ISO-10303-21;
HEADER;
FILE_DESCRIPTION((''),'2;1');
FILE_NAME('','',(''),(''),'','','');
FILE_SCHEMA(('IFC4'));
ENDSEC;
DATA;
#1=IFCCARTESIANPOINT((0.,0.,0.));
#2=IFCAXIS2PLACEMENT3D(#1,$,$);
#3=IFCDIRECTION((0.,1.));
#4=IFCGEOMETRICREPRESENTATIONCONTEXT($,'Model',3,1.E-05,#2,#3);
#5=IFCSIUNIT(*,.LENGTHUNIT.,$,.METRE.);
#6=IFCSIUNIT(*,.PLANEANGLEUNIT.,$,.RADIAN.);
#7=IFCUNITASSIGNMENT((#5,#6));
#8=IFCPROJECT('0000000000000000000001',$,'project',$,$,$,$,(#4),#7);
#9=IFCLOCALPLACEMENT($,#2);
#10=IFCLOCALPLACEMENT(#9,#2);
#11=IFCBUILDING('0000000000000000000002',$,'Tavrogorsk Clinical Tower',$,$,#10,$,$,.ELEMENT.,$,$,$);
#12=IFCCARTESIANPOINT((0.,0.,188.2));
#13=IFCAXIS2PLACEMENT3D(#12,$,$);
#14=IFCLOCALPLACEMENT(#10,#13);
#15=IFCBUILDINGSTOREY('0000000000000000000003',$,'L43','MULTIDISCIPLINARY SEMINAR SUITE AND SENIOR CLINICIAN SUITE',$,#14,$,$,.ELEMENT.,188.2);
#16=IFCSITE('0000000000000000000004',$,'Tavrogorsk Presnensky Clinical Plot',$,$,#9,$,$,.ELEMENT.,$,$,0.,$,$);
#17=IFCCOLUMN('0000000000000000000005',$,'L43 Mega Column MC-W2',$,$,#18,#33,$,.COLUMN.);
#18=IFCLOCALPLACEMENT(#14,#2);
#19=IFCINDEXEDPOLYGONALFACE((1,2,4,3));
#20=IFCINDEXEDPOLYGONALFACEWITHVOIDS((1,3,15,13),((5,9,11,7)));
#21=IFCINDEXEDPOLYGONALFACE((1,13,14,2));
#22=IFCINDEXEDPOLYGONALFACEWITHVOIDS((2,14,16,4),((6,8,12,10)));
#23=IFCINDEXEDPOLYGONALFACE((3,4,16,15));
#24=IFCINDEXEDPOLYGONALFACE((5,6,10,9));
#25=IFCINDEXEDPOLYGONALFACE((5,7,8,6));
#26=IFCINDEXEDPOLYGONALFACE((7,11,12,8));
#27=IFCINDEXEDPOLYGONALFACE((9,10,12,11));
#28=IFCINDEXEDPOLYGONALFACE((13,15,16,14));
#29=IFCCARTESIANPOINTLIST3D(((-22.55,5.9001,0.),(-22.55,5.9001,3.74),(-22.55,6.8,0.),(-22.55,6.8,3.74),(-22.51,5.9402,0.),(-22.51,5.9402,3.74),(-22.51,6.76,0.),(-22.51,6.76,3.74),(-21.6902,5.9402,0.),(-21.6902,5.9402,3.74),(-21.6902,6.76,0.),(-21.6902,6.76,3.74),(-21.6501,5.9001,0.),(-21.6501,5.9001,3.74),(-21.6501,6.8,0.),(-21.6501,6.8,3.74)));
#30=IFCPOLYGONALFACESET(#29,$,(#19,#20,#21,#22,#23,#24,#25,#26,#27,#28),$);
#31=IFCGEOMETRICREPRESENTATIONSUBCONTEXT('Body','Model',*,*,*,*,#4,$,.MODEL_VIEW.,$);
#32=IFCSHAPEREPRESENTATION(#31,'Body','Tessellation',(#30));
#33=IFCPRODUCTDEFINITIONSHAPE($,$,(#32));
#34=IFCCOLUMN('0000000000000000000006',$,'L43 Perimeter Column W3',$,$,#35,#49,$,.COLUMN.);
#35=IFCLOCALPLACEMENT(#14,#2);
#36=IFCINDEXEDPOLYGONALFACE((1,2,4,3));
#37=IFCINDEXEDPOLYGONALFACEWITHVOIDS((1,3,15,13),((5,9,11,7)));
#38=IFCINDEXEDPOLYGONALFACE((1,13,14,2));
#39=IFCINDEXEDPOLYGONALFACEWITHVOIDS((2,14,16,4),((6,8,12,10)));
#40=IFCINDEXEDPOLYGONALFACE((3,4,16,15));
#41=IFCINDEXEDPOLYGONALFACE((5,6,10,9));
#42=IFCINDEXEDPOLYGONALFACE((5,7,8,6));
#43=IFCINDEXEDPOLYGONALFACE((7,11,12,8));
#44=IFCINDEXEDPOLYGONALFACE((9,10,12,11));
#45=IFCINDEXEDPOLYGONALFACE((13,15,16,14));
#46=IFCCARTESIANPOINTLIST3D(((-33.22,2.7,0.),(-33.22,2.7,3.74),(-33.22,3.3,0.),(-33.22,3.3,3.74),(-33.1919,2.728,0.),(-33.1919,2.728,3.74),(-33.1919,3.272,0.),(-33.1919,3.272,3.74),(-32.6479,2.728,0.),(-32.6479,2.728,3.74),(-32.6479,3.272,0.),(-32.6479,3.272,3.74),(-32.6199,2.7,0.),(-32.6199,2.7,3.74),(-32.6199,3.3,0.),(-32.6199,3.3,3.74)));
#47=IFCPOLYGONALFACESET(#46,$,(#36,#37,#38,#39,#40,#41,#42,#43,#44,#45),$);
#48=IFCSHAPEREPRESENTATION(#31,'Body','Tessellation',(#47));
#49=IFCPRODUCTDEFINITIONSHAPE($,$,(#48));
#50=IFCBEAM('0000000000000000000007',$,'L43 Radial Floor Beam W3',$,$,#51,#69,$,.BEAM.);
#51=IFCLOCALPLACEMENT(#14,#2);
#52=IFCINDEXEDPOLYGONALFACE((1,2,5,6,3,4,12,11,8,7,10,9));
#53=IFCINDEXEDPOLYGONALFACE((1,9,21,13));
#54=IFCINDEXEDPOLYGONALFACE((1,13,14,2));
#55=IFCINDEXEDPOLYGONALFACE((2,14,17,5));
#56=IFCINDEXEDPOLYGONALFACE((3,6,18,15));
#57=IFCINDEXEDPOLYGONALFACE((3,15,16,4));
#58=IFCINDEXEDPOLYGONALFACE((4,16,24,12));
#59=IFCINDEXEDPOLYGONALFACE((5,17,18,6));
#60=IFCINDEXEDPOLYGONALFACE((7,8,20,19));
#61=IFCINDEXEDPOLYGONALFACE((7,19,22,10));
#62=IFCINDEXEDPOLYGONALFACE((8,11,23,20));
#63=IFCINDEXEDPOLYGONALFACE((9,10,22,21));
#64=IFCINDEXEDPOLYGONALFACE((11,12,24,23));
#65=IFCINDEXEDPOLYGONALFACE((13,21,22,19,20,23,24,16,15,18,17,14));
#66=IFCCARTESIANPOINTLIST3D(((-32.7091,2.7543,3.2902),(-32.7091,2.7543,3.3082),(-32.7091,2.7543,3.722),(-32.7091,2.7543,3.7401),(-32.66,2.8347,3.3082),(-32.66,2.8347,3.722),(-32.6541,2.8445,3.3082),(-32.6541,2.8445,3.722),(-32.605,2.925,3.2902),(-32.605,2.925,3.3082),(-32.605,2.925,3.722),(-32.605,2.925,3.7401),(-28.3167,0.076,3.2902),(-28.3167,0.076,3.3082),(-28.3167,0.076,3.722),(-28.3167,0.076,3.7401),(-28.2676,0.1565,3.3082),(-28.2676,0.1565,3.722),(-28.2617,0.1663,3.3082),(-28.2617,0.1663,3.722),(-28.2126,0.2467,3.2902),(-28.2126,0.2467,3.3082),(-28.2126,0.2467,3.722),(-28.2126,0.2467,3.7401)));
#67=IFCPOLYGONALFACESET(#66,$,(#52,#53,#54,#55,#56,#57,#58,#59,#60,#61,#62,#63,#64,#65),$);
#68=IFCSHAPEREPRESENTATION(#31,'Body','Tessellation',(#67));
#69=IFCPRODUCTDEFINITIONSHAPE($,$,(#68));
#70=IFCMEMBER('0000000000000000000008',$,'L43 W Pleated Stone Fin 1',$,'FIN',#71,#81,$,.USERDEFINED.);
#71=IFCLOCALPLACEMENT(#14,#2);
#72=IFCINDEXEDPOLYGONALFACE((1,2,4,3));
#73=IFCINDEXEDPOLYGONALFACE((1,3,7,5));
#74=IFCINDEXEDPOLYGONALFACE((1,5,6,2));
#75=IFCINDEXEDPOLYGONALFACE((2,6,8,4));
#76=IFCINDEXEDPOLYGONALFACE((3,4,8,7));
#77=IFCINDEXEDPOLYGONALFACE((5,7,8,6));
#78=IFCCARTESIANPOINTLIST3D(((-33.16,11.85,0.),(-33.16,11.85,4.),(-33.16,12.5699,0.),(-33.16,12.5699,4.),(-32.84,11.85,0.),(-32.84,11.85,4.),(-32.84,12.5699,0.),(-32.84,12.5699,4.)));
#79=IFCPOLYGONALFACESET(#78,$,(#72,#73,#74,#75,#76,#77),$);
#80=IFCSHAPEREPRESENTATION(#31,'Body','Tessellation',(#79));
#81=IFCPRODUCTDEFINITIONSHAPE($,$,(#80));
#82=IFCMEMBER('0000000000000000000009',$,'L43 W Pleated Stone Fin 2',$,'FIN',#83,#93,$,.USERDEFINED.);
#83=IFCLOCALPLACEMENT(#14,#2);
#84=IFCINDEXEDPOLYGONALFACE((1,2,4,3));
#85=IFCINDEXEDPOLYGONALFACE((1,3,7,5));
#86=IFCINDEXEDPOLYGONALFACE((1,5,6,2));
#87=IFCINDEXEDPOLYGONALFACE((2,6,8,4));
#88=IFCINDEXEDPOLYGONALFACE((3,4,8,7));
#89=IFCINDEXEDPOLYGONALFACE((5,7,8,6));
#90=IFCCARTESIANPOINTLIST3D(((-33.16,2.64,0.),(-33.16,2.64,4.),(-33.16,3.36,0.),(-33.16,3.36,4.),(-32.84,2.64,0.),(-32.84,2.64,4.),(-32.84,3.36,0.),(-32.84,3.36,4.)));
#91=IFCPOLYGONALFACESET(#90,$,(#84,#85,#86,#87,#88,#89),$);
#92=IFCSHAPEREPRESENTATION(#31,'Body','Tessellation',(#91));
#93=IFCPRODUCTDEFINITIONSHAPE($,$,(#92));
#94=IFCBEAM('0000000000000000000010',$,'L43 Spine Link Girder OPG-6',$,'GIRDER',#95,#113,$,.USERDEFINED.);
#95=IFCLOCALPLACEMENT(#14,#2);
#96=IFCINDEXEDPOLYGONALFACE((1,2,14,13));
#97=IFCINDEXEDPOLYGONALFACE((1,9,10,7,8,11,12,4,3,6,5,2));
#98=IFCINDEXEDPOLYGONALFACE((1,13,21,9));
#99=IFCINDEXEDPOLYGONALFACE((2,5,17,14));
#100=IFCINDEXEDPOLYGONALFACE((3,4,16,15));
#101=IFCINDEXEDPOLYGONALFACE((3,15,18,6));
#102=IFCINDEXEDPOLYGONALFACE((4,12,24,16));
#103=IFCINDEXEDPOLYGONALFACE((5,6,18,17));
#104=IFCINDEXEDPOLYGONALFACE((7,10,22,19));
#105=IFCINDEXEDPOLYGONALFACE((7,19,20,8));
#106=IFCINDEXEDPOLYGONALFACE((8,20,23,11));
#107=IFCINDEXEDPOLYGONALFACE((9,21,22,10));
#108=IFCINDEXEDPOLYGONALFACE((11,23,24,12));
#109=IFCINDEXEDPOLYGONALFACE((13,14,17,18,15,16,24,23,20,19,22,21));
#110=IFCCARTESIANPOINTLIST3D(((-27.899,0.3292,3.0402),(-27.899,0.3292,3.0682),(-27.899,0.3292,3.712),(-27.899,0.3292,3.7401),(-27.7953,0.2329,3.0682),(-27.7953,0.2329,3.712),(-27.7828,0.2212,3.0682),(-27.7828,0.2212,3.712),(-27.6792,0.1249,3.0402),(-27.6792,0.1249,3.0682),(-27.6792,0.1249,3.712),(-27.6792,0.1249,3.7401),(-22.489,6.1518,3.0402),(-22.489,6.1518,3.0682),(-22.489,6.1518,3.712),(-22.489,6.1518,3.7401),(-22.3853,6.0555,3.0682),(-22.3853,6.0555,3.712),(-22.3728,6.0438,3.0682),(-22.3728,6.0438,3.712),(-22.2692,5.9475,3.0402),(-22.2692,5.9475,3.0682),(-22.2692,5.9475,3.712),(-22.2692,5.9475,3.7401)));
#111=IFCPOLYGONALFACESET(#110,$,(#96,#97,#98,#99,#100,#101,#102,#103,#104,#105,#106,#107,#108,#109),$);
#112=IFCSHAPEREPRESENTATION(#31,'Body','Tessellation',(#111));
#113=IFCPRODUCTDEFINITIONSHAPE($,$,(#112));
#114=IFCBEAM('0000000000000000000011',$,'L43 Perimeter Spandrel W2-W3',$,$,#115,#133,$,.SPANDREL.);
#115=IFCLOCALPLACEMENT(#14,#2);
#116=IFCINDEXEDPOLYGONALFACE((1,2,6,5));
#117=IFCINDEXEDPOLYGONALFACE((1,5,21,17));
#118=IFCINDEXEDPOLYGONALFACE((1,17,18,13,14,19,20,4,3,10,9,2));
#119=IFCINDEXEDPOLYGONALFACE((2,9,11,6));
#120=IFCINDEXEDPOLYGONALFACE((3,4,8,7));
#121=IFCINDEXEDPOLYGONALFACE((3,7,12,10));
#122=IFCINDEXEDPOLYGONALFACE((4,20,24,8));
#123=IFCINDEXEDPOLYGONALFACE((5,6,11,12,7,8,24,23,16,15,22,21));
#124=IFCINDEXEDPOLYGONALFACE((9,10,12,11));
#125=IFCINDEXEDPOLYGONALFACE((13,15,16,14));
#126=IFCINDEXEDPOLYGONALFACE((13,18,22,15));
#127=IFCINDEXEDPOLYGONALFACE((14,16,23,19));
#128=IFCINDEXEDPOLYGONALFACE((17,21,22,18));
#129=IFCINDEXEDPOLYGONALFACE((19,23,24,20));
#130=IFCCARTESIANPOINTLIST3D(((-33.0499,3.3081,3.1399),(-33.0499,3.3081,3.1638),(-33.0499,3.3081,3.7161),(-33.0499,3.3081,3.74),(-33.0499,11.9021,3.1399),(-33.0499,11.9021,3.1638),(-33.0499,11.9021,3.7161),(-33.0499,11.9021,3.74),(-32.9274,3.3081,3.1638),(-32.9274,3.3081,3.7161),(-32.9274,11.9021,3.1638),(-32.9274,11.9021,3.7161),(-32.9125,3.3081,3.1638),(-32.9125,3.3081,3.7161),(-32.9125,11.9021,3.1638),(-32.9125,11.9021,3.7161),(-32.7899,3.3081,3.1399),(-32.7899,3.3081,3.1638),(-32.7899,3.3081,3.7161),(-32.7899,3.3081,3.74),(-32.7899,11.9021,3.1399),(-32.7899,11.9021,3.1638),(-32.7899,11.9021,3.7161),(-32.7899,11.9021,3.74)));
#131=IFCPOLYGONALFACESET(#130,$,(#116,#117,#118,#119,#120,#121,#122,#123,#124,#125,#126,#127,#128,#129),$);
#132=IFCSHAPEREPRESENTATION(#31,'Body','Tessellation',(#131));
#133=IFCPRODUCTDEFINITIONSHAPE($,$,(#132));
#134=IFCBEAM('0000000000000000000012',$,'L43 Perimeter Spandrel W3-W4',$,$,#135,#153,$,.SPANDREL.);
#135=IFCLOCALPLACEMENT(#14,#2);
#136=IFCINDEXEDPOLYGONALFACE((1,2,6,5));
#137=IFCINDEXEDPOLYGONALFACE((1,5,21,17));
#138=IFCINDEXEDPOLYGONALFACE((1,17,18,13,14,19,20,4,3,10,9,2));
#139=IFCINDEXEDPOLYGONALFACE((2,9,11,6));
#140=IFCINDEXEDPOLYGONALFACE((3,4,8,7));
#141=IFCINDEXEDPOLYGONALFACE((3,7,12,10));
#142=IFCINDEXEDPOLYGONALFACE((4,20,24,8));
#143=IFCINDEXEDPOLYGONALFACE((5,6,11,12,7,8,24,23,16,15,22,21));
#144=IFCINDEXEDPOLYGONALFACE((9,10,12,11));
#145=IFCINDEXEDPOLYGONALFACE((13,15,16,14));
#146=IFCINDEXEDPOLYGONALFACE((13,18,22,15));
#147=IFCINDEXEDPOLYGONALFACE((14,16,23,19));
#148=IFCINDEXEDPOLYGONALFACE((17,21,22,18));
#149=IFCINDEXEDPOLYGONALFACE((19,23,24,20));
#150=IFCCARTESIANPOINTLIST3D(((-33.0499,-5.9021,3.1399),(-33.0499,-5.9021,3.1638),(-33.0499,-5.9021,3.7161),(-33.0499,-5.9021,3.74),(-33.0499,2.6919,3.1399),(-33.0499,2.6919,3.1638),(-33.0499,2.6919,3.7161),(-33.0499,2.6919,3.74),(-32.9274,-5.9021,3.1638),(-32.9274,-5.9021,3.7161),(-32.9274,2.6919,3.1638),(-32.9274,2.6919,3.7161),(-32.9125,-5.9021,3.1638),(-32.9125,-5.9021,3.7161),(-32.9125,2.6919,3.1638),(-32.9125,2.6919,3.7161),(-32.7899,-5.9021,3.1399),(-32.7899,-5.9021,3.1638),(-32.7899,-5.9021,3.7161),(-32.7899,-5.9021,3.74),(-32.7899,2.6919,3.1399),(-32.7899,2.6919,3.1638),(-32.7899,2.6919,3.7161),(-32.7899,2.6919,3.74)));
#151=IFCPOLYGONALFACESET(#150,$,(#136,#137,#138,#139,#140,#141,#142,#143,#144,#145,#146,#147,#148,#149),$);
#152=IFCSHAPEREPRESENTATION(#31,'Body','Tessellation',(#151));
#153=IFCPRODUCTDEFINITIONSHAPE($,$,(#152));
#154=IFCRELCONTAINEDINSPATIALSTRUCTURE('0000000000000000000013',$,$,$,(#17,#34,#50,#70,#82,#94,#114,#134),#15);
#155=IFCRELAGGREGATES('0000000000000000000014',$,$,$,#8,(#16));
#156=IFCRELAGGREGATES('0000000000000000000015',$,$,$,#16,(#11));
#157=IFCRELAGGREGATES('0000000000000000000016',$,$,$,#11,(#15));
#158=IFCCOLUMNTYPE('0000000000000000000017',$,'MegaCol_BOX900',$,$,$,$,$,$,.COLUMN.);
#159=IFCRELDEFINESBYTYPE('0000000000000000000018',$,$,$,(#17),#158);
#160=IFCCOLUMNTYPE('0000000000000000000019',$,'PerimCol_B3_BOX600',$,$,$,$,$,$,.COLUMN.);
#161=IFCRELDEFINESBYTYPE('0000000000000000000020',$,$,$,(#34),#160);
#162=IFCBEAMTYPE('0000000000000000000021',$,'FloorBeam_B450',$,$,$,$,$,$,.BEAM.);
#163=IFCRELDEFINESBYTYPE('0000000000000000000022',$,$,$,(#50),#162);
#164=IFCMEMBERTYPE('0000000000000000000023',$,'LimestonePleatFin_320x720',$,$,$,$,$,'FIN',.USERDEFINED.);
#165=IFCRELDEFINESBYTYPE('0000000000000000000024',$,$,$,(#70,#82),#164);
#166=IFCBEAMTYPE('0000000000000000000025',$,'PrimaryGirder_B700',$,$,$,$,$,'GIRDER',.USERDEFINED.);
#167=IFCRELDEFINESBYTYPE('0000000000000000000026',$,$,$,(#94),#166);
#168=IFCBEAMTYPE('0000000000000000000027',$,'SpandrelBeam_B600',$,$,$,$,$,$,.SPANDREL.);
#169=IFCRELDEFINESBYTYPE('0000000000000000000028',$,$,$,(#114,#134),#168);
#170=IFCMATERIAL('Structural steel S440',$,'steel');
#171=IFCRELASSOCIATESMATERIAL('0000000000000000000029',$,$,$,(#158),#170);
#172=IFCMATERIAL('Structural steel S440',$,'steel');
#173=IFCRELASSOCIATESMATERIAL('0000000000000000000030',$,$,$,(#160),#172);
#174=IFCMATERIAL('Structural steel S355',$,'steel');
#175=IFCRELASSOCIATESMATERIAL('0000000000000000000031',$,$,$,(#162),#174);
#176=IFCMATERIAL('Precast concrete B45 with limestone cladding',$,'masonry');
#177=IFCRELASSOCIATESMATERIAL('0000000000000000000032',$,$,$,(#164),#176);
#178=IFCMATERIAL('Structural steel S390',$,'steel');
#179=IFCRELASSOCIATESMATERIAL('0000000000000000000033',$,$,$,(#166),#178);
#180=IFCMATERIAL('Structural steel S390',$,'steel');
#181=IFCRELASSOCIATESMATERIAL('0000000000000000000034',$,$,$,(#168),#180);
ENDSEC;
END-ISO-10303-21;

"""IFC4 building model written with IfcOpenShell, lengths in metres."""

from ifc_helpers import new_model, si_unit, direction, frame, origin, origin_2d, place, context, subcontext, project, spatial, rectangle, hollow_rectangle, i_section, extrude, material, material_profile, profile_set, type_object, element, save


model = new_model("IFC4")

# Units and contexts
model_context = context("Model", 3, precision=1e-05, world=origin(), true_north=direction((0.0, 1.0)))
body_context = subcontext(model_context, "Body", "Model", "MODEL_VIEW")
ifc_project = project(units=[si_unit("LENGTHUNIT", "METRE"), si_unit("PLANEANGLEUNIT", "RADIAN")], contexts=[model_context])

# Site, building, storey
site_placement = place(None, origin())
site = spatial("IfcSite", under=ifc_project, at=site_placement, Name="Tavrogorsk Presnensky Clinical Plot", CompositionType="ELEMENT", RefElevation=0.0)
building_placement = place(site_placement, origin())
building = spatial("IfcBuilding", under=site, at=building_placement, Name="Tavrogorsk Clinical Tower", CompositionType="ELEMENT")
storey_placement = place(building_placement, frame((0.0, 0.0, 188.2)))
storey = spatial("IfcBuildingStorey", under=building, at=storey_placement, Name="L43", Description="MULTIDISCIPLINARY SEMINAR SUITE AND SENIOR CLINICIAN SUITE", CompositionType="ELEMENT", Elevation=188.2)

# Columns
ifc_material_1 = material(Name="Structural steel S440", Category="steel")
ifc_material_profile_1 = material_profile(ifc_material_1, hollow_rectangle(XDim=0.8999, YDim=0.8999, WallThickness=0.04, at=origin_2d()), Name="BOX-900x900x40")
ifc_profile_set_1 = profile_set([ifc_material_profile_1], Name="Structural steel S440")
column_type_1 = type_object("IfcColumnType", Name="MegaCol_BOX900", PredefinedType="COLUMN", material=ifc_profile_set_1)
column_1_placement = place(storey_placement, frame((-22.1001, 6.3501, 0.0), z_axis=(0.0, 0.0, 1.0), x_axis=(1.0, 0.0, 0.0)))
element("IfcColumn", 1, at=column_1_placement, inside=storey, type_object=column_type_1, Name="L43 Mega Column MC-W2", PredefinedType="COLUMN", context=body_context, shape_type="SweptSolid", body=[
    extrude(hollow_rectangle(XDim=0.8999, YDim=0.8999, WallThickness=0.04, at=origin_2d()), origin(), (0.0, 0.0, 1.0), 3.74),
])
ifc_material_2 = material(Name="Structural steel S440", Category="steel")
ifc_material_profile_2 = material_profile(ifc_material_2, hollow_rectangle(XDim=0.6001, YDim=0.6001, WallThickness=0.0281, at=origin_2d()), Name="BOX-600x600x28")
ifc_profile_set_2 = profile_set([ifc_material_profile_2], Name="Structural steel S440")
column_type_2 = type_object("IfcColumnType", Name="PerimCol_B3_BOX600", PredefinedType="COLUMN", material=ifc_profile_set_2)
column_2_placement = place(storey_placement, frame((-32.9199, 3.0, 0.0), z_axis=(0.0, 0.0, 1.0), x_axis=(1.0, 0.0, 0.0)))
element("IfcColumn", 2, at=column_2_placement, inside=storey, type_object=column_type_2, Name="L43 Perimeter Column W3", PredefinedType="COLUMN", context=body_context, shape_type="SweptSolid", body=[
    extrude(hollow_rectangle(XDim=0.6001, YDim=0.6001, WallThickness=0.0281, at=origin_2d()), origin(), (0.0, 0.0, 1.0), 3.74),
])

# Beam
ifc_material_3 = material(Name="Structural steel S355", Category="steel")
ifc_material_profile_3 = material_profile(ifc_material_3, i_section(OverallWidth=0.2, OverallDepth=0.45, WebThickness=0.0115, FlangeThickness=0.0181, at=origin_2d()), Name="B-450x200x11.5x18")
ifc_profile_set_3 = profile_set([ifc_material_profile_3], Name="Structural steel S355")
beam_type_1 = type_object("IfcBeamType", Name="FloorBeam_B450", PredefinedType="BEAM", material=ifc_profile_set_3)
beam_1_placement = place(storey_placement, frame((-28.2646, 0.1614, 3.5151), z_axis=(-0.853799, 0.520603, 0.0), x_axis=(-0.520603, -0.853799, 0.0)))
element("IfcBeam", 3, at=beam_1_placement, inside=storey, type_object=beam_type_1, Name="L43 Radial Floor Beam W3", PredefinedType="BEAM", context=body_context, shape_type="SweptSolid", body=[
    extrude(i_section(OverallWidth=0.2, OverallDepth=0.45, WebThickness=0.0115, FlangeThickness=0.0181, at=origin_2d()), origin(), (0.0, 0.0, 1.0), 5.1445),
])

# Members
ifc_material_4 = material(Name="Precast concrete B45 with limestone cladding", Category="masonry")
ifc_material_profile_4 = material_profile(ifc_material_4, rectangle(XDim=0.3201, YDim=0.72, at=origin_2d()), Name="LIMESTONE-FIN-320x720")
ifc_profile_set_4 = profile_set([ifc_material_profile_4], Name="Precast concrete B45 with limestone cladding")
member_type = type_object("IfcMemberType", Name="LimestonePleatFin_320x720", ElementType="FIN", PredefinedType="USERDEFINED", material=ifc_profile_set_4)
for number, where, z_axis, x_axis, name in (
    (4, (-33.0, 12.21, 0.0), (0.0, 0.0, 1.0), (1.0, 0.0, 0.0), "L43 W Pleated Stone Fin 1"),
    (5, (-33.0, 3.0, 0.0), (0.0, 0.0, 1.0), (1.0, 0.0, 0.0), "L43 W Pleated Stone Fin 2"),
):
    element("IfcMember", number, at=place(storey_placement, frame(where, z_axis=z_axis, x_axis=x_axis)), inside=storey, type_object=member_type, Name=name, ObjectType="FIN", PredefinedType="USERDEFINED", context=body_context, shape_type="SweptSolid", body=[
        extrude(rectangle(XDim=0.3201, YDim=0.72, at=origin_2d()), origin(), (0.0, 0.0, 1.0), 4.0),
    ])

# Beams
ifc_material_5 = material(Name="Structural steel S390", Category="steel")
ifc_material_profile_5 = material_profile(ifc_material_5, i_section(OverallWidth=0.3, OverallDepth=0.7, WebThickness=0.0171, FlangeThickness=0.0281, at=origin_2d()), Name="B-700x300x17x28")
ifc_profile_set_5 = profile_set([ifc_material_profile_5], Name="Structural steel S390")
beam_type_2 = type_object("IfcBeamType", Name="PrimaryGirder_B700", ElementType="GIRDER", PredefinedType="USERDEFINED", material=ifc_profile_set_5)
beam_2_placement = place(storey_placement, frame((-27.7891, 0.2271, 3.3901), z_axis=(0.680674, 0.732587, 0.0), x_axis=(-0.732587, 0.680674, 0.0)))
element("IfcBeam", 6, at=beam_2_placement, inside=storey, type_object=beam_type_2, Name="L43 Spine Link Girder OPG-6", ObjectType="GIRDER", PredefinedType="USERDEFINED", context=body_context, shape_type="SweptSolid", body=[
    extrude(i_section(OverallWidth=0.3, OverallDepth=0.7, WebThickness=0.0171, FlangeThickness=0.0281, at=origin_2d()), origin(), (0.0, 0.0, 1.0), 7.948),
])
ifc_material_6 = material(Name="Structural steel S390", Category="steel")
ifc_material_profile_6 = material_profile(ifc_material_6, i_section(OverallWidth=0.26, OverallDepth=0.6001, WebThickness=0.0149, FlangeThickness=0.0239, at=origin_2d()), Name="B-600x260x15x24")
ifc_profile_set_6 = profile_set([ifc_material_profile_6], Name="Structural steel S390")
beam_type_3 = type_object("IfcBeamType", Name="SpandrelBeam_B600", PredefinedType="SPANDREL", material=ifc_profile_set_6)
for number, where, z_axis, x_axis, name in (
    (7, (-32.9199, 11.9021, 3.4399), (0.0, -1.0, 0.0), (1.0, 0.0, 0.0), "L43 Perimeter Spandrel W2-W3"),
    (8, (-32.9199, 2.6919, 3.4399), (0.0, -1.0, 0.0), (1.0, 0.0, 0.0), "L43 Perimeter Spandrel W3-W4"),
):
    element("IfcBeam", number, at=place(storey_placement, frame(where, z_axis=z_axis, x_axis=x_axis)), inside=storey, type_object=beam_type_3, Name=name, PredefinedType="SPANDREL", context=body_context, shape_type="SweptSolid", body=[
        extrude(i_section(OverallWidth=0.26, OverallDepth=0.6001, WebThickness=0.0149, FlangeThickness=0.0239, at=origin_2d()), origin(), (0.0, 0.0, 1.0), 8.594),
    ])

save(model, "model.ifc")
